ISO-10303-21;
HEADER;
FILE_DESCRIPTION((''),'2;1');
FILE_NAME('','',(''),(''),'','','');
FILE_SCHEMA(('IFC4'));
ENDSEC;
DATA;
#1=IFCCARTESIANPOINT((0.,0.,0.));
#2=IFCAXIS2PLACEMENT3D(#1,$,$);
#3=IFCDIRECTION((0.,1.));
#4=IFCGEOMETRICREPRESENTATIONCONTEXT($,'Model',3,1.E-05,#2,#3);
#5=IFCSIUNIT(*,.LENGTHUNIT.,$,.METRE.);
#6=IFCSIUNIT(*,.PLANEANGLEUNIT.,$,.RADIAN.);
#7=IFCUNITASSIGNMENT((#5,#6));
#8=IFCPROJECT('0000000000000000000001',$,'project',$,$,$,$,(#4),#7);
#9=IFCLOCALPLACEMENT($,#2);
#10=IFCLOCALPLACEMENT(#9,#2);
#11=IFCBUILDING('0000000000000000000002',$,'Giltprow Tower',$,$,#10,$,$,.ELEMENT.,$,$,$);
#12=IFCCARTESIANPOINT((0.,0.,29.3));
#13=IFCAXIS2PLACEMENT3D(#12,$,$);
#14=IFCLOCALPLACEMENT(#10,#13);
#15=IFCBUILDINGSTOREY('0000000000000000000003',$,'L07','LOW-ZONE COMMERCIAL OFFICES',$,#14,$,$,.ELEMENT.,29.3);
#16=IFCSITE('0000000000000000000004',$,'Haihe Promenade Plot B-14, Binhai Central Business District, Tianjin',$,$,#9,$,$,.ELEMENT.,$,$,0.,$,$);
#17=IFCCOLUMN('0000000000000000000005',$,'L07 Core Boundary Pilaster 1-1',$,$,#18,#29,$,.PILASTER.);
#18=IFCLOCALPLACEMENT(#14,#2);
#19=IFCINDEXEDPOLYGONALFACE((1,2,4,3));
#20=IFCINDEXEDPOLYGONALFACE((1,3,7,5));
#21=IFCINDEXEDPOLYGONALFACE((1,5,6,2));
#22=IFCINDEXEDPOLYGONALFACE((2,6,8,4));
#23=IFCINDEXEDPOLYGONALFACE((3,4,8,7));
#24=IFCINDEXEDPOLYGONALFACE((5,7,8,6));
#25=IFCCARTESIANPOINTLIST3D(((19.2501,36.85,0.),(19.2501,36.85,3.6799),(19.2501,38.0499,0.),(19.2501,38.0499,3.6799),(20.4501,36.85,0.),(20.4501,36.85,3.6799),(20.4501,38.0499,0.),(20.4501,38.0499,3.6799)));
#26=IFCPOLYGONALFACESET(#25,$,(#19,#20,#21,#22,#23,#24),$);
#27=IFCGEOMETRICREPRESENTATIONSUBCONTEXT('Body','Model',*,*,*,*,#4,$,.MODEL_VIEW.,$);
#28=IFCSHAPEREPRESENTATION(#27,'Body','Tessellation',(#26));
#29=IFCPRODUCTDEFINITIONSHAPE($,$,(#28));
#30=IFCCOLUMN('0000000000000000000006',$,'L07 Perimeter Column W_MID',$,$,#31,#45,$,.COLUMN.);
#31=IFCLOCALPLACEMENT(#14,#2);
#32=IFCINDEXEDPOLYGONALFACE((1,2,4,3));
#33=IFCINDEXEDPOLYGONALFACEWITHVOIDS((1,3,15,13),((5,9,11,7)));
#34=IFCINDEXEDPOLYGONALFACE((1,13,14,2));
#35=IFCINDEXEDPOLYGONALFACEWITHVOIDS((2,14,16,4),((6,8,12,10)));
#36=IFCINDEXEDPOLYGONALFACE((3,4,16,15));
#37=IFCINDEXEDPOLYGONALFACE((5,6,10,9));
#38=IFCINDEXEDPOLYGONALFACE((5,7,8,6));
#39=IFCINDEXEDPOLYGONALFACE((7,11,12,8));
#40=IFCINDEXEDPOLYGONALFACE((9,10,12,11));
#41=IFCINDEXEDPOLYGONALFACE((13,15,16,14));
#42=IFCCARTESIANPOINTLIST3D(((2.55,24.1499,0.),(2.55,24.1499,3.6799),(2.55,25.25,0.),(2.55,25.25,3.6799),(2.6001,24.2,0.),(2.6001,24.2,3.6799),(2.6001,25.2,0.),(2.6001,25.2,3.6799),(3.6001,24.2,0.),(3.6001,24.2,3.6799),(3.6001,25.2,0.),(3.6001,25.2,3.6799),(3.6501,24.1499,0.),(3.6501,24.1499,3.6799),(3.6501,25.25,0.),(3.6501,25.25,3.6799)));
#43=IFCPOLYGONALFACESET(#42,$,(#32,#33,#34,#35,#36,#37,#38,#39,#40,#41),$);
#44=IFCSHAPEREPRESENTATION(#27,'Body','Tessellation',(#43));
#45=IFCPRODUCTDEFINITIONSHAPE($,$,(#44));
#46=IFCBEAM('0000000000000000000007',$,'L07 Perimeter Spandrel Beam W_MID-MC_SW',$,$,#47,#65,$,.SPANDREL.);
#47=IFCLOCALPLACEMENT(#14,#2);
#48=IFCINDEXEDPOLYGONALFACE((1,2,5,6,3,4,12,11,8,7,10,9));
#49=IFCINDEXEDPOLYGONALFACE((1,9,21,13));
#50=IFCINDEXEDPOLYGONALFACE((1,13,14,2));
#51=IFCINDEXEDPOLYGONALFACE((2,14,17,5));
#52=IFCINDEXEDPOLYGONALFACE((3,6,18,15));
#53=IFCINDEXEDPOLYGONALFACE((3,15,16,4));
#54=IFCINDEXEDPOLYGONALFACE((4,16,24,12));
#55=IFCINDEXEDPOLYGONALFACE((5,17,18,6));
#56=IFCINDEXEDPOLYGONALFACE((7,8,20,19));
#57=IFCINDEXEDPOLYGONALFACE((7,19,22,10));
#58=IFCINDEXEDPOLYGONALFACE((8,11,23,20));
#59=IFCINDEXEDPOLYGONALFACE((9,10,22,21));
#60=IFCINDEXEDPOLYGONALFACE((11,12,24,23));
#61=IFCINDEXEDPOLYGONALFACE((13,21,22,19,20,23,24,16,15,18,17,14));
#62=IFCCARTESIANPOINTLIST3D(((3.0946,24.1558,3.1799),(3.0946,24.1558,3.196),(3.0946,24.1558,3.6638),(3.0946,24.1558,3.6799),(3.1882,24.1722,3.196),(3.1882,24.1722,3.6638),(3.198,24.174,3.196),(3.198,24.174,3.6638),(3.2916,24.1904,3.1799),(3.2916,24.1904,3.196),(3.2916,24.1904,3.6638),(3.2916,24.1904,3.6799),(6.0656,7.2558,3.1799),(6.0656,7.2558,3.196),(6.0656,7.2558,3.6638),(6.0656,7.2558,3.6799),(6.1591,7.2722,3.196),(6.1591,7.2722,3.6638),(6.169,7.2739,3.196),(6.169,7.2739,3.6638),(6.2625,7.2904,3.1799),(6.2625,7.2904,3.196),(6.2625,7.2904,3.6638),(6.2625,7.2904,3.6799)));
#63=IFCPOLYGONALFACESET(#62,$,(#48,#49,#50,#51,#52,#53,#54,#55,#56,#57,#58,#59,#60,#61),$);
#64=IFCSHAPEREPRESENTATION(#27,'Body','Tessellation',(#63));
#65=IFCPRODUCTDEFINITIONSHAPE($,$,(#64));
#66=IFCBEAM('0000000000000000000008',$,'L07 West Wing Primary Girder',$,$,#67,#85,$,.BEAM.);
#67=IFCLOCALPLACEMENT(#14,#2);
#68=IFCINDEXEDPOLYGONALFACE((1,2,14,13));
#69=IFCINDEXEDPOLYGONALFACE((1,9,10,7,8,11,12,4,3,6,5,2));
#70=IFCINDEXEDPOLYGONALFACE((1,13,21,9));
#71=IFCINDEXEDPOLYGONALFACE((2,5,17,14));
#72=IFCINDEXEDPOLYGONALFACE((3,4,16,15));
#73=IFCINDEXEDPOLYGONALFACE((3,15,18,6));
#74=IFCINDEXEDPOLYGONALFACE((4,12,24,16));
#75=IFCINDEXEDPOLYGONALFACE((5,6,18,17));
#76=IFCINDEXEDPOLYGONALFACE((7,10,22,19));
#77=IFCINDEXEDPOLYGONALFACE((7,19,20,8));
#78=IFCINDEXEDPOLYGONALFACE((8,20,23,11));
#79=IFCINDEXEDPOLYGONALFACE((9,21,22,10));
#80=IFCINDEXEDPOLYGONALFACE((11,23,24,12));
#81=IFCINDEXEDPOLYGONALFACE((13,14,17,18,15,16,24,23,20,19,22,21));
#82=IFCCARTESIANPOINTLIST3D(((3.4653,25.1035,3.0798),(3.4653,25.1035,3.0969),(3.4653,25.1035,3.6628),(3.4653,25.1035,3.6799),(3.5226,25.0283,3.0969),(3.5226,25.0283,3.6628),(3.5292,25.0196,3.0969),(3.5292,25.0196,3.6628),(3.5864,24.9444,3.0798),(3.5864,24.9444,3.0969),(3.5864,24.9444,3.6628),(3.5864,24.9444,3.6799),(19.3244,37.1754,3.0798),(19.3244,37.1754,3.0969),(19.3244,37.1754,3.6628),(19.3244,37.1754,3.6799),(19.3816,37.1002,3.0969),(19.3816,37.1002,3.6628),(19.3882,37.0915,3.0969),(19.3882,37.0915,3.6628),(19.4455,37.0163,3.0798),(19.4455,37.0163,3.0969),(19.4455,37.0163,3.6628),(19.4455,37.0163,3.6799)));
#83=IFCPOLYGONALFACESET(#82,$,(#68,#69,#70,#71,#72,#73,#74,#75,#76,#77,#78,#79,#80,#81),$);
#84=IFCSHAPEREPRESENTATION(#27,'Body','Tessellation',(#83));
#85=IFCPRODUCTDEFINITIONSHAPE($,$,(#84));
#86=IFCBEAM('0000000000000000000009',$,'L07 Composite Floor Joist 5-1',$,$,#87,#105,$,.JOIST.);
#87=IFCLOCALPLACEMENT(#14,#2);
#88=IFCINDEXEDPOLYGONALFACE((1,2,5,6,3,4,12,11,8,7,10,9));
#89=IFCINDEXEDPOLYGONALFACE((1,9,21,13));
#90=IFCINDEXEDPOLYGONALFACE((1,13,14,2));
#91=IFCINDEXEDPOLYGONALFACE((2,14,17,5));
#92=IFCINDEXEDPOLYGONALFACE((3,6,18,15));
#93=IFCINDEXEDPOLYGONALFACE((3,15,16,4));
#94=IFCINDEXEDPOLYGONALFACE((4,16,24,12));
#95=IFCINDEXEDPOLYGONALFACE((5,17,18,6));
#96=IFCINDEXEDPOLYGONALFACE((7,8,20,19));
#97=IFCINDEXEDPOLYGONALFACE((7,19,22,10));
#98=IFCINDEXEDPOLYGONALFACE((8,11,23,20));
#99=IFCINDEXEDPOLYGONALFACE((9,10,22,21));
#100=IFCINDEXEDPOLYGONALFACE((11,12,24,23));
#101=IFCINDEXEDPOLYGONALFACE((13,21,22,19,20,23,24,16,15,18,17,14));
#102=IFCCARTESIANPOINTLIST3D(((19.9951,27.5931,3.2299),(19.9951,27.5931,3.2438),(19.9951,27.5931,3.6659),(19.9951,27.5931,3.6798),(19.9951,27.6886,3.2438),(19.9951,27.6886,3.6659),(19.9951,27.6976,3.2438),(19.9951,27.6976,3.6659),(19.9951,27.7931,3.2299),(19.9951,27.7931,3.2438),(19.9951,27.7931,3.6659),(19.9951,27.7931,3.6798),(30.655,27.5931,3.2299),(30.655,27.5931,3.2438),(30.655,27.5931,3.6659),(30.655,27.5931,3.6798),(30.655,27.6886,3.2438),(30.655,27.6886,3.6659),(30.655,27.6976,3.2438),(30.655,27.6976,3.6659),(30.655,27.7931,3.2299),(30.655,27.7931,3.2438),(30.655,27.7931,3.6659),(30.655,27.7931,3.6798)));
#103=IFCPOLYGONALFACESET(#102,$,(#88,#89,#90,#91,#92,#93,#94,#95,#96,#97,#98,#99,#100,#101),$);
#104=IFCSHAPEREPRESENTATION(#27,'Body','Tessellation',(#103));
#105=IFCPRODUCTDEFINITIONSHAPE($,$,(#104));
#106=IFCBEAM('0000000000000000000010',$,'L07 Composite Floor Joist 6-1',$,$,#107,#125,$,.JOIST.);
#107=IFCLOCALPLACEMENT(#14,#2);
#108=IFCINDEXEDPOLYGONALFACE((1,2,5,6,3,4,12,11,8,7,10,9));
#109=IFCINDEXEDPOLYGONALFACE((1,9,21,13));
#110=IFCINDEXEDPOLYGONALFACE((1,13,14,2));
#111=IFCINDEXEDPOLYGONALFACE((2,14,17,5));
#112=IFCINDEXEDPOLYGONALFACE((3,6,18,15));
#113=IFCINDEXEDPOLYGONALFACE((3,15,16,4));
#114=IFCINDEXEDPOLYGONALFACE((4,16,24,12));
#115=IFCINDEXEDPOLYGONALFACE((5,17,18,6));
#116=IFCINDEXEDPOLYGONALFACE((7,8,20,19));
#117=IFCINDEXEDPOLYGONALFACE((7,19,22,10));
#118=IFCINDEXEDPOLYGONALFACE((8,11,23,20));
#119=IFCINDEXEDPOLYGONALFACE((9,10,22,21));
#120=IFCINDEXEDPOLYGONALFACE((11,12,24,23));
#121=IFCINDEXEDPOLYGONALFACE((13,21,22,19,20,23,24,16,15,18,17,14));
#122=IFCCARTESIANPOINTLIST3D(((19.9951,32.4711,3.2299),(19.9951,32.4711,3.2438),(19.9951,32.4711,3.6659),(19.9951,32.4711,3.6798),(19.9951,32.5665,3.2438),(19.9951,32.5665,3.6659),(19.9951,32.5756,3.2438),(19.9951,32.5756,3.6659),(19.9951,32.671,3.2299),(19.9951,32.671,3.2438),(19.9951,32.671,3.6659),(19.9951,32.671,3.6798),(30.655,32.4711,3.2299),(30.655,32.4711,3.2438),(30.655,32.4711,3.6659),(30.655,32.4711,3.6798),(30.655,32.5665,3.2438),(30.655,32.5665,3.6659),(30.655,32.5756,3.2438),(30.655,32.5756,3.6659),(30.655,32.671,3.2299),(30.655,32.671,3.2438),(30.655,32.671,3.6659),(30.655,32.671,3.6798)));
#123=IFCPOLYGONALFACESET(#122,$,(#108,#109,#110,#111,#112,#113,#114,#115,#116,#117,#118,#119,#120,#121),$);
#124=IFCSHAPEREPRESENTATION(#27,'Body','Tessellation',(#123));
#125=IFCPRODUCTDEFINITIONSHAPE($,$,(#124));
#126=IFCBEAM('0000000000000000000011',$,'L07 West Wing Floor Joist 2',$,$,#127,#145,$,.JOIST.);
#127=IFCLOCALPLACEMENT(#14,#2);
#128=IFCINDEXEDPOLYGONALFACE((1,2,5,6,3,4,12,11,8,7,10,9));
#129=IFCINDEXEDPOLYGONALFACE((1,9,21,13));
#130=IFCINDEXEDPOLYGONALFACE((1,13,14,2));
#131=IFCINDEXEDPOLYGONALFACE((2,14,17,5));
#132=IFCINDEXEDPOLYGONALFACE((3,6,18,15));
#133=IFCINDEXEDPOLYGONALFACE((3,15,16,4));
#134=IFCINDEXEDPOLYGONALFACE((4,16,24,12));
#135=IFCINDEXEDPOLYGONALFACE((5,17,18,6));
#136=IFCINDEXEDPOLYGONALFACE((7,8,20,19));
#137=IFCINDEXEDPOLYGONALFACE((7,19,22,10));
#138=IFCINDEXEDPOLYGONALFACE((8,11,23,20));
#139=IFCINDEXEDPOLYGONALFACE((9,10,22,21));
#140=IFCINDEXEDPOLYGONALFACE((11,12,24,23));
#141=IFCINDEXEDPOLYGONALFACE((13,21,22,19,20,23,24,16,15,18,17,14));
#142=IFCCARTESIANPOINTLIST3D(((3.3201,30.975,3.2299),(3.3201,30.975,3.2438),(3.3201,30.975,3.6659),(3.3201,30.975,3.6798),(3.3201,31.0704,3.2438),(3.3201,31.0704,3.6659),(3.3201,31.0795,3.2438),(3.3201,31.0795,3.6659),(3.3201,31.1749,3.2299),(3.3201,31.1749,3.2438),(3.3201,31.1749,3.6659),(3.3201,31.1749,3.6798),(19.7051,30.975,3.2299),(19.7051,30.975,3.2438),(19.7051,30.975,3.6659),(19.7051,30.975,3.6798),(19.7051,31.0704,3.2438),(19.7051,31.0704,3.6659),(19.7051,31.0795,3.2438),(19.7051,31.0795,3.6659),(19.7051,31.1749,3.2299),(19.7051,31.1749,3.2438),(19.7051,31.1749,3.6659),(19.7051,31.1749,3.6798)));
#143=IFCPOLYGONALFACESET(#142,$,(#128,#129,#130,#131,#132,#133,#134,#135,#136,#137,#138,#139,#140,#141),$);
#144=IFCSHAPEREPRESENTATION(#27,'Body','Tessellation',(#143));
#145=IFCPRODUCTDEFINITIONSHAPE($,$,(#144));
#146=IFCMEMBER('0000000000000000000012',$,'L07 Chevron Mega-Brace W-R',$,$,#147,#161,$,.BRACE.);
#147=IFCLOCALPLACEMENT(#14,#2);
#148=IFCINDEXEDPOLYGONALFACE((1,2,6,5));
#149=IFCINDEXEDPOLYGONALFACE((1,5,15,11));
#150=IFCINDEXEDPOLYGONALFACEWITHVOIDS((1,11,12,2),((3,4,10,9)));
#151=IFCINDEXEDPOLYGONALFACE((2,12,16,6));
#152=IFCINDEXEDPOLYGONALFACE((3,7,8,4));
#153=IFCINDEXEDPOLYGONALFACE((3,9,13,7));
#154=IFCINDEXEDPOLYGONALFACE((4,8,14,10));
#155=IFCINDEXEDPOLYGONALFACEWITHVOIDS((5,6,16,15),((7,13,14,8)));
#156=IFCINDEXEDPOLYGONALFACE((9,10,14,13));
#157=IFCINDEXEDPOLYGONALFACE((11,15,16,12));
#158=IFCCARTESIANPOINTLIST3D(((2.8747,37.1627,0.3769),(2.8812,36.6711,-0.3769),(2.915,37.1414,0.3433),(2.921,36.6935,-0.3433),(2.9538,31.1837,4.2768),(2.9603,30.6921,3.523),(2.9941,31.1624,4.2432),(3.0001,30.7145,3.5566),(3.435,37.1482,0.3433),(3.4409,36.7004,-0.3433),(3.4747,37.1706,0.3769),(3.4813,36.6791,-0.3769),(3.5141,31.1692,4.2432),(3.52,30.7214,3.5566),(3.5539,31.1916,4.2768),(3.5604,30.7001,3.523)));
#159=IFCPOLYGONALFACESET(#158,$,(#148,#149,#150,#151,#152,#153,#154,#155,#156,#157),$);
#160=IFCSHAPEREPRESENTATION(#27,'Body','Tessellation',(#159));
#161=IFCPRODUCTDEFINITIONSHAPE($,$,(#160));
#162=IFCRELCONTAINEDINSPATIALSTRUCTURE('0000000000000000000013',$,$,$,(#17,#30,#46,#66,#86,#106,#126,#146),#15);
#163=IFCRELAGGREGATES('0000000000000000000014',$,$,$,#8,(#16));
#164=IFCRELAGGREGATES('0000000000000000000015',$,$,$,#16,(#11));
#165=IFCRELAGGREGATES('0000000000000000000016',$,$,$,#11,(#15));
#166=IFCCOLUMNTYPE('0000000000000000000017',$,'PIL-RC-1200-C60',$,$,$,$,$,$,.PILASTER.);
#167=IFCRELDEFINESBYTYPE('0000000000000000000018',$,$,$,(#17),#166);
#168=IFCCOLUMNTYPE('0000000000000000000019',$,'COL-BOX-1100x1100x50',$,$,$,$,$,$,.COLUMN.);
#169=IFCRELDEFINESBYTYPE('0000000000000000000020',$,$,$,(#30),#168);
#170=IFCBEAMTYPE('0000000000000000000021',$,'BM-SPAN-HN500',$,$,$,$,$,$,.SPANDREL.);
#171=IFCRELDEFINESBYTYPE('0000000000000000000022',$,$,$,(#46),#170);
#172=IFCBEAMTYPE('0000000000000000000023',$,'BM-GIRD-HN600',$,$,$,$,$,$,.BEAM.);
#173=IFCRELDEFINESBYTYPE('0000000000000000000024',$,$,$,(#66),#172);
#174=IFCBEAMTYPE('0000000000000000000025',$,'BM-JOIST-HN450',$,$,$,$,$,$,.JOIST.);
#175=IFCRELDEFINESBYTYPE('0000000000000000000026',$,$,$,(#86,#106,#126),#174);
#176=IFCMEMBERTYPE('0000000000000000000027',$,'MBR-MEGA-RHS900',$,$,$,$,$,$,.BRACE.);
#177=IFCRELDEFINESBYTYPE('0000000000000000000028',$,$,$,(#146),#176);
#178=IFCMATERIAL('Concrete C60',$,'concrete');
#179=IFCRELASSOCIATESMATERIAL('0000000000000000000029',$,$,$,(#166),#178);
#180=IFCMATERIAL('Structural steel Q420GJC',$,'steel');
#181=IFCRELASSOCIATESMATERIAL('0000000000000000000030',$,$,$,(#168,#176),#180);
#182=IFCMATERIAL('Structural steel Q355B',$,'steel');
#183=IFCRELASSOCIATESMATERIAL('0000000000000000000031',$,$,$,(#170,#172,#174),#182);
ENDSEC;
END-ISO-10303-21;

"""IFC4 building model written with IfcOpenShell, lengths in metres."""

from ifc_helpers import new_model, si_unit, direction, frame, origin, origin_2d, place, context, subcontext, project, spatial, rectangle, hollow_rectangle, i_section, extrude, source, transform, mapped, material, material_profile, profile_set, type_object, element, save


model = new_model("IFC4")

# Units and contexts
model_context = context("Model", 3, precision=1e-05, world=origin(), true_north=direction((0.0, 1.0)))
body_context = subcontext(model_context, "Body", "Model", "MODEL_VIEW")
ifc_project = project(units=[si_unit("LENGTHUNIT", "METRE"), si_unit("PLANEANGLEUNIT", "RADIAN")], contexts=[model_context])

# Site, building, storey
site_placement = place(None, origin())
site = spatial("IfcSite", under=ifc_project, at=site_placement, Name="Haihe Promenade Plot B-14, Binhai Central Business District, Tianjin", CompositionType="ELEMENT", RefElevation=0.0)
building_placement = place(site_placement, origin())
building = spatial("IfcBuilding", under=site, at=building_placement, Name="Giltprow Tower", CompositionType="ELEMENT")
storey_placement = place(building_placement, frame((0.0, 0.0, 29.3)))
storey = spatial("IfcBuildingStorey", under=building, at=storey_placement, Name="L07", Description="LOW-ZONE COMMERCIAL OFFICES", CompositionType="ELEMENT", Elevation=29.3)

# Columns
ifc_material_1 = material(Name="Concrete C60", Category="concrete")
ifc_material_profile_1 = material_profile(ifc_material_1, rectangle(XDim=1.2, YDim=1.2, at=origin_2d()), Name="RC 1200x1200")
ifc_profile_set_1 = profile_set([ifc_material_profile_1], Name="Concrete C60")
column_type_1 = type_object("IfcColumnType", Name="PIL-RC-1200-C60", PredefinedType="PILASTER", material=ifc_profile_set_1)
shared_shape_1 = source(origin(), body_context, "Body", "SweptSolid", [
    extrude(rectangle(XDim=1.2, YDim=1.2, at=origin_2d()), origin(), (0.0, 0.0, 1.0), 3.6799),
])
column_1_placement = place(storey_placement, frame((19.8501, 37.45, 0.0), z_axis=(0.0, 0.0, 1.0), x_axis=(1.0, 0.0, 0.0)))
element("IfcColumn", 1, at=column_1_placement, inside=storey, type_object=column_type_1, Name="L07 Core Boundary Pilaster 1-1", PredefinedType="PILASTER", context=body_context, shape_type="MappedRepresentation", body=[
    mapped(shared_shape_1, transform((0.0, 0.0, 0.0), x_axis=(1.0, 0.0, 0.0), y_axis=(0.0, 1.0, 0.0), z_axis=(0.0, 0.0, 1.0), scale=1.0)),
])
ifc_material_2 = material(Name="Structural steel Q420GJC", Category="steel")
ifc_material_profile_2 = material_profile(ifc_material_2, hollow_rectangle(XDim=1.1001, YDim=1.1001, WallThickness=0.05, at=origin_2d()), Name="BOX 1100x1100x50")
ifc_profile_set_2 = profile_set([ifc_material_profile_2], Name="Structural steel Q420GJC")
column_type_2 = type_object("IfcColumnType", Name="COL-BOX-1100x1100x50", PredefinedType="COLUMN", material=ifc_profile_set_2)
shared_shape_2 = source(origin(), body_context, "Body", "SweptSolid", [
    extrude(hollow_rectangle(XDim=1.1001, YDim=1.1001, WallThickness=0.05, at=origin_2d()), origin(), (0.0, 0.0, 1.0), 3.6799),
])
column_2_placement = place(storey_placement, frame((3.1001, 24.7, 0.0), z_axis=(0.0, 0.0, 1.0), x_axis=(1.0, 0.0, 0.0)))
element("IfcColumn", 2, at=column_2_placement, inside=storey, type_object=column_type_2, Name="L07 Perimeter Column W_MID", PredefinedType="COLUMN", context=body_context, shape_type="MappedRepresentation", body=[
    mapped(shared_shape_2, transform((0.0, 0.0, 0.0), x_axis=(1.0, 0.0, 0.0), y_axis=(0.0, 1.0, 0.0), z_axis=(0.0, 0.0, 1.0), scale=1.0)),
])

# Beams
ifc_material_3 = material(Name="Structural steel Q355B", Category="steel")
ifc_material_profile_3 = material_profile(ifc_material_3, i_section(OverallWidth=0.2, OverallDepth=0.5, WebThickness=0.01, FlangeThickness=0.0161, at=origin_2d()), Name="HN 500x200x10x16")
ifc_profile_set_3 = profile_set([ifc_material_profile_3], Name="Structural steel Q355B")
beam_type_1 = type_object("IfcBeamType", Name="BM-SPAN-HN500", PredefinedType="SPANDREL", material=ifc_profile_set_3)
shared_shape_3 = source(origin(), body_context, "Body", "SweptSolid", [
    extrude(i_section(OverallWidth=0.2, OverallDepth=0.5, WebThickness=0.01, FlangeThickness=0.0161, at=origin_2d()), origin(), (0.0, 0.0, 1.0), 17.1592),
])
beam_1_placement = place(storey_placement, frame((3.1931, 24.1731, 3.4299), z_axis=(0.173139, -0.984897, 0.0), x_axis=(0.984897, 0.173139, 0.0)))
element("IfcBeam", 3, at=beam_1_placement, inside=storey, type_object=beam_type_1, Name="L07 Perimeter Spandrel Beam W_MID-MC_SW", PredefinedType="SPANDREL", context=body_context, shape_type="MappedRepresentation", body=[
    mapped(shared_shape_3, transform((0.0, 0.0, 0.0), x_axis=(1.0, 0.0, 0.0), y_axis=(0.0, 1.0, 0.0), z_axis=(0.0, 0.0, 1.0), scale=1.0)),
])
ifc_material_profile_4 = material_profile(ifc_material_3, i_section(OverallWidth=0.2, OverallDepth=0.6001, WebThickness=0.011, FlangeThickness=0.0171, at=origin_2d()), Name="HN 600x200x11x17")
ifc_profile_set_4 = profile_set([ifc_material_profile_4], Name="Structural steel Q355B")
beam_type_2 = type_object("IfcBeamType", Name="BM-GIRD-HN600", PredefinedType="BEAM", material=ifc_profile_set_4)
shared_shape_4 = source(origin(), body_context, "Body", "SweptSolid", [
    extrude(i_section(OverallWidth=0.2, OverallDepth=0.6001, WebThickness=0.011, FlangeThickness=0.0171, at=origin_2d()), origin(), (0.0, 0.0, 1.0), 19.9309),
])
beam_2_placement = place(storey_placement, frame((3.5259, 25.0239, 3.3799), z_axis=(0.795701, 0.60569, 0.0), x_axis=(-0.60569, 0.795701, 0.0)))
element("IfcBeam", 4, at=beam_2_placement, inside=storey, type_object=beam_type_2, Name="L07 West Wing Primary Girder", PredefinedType="BEAM", context=body_context, shape_type="MappedRepresentation", body=[
    mapped(shared_shape_4, transform((0.0, 0.0, 0.0), x_axis=(1.0, 0.0, 0.0), y_axis=(0.0, 1.0, 0.0), z_axis=(0.0, 0.0, 1.0), scale=1.0)),
])
ifc_material_profile_5 = material_profile(ifc_material_3, i_section(OverallWidth=0.2, OverallDepth=0.45, WebThickness=0.009, FlangeThickness=0.0139, at=origin_2d()), Name="HN 450x200x9x14")
ifc_profile_set_5 = profile_set([ifc_material_profile_5], Name="Structural steel Q355B")
beam_type_3 = type_object("IfcBeamType", Name="BM-JOIST-HN450", PredefinedType="JOIST", material=ifc_profile_set_5)
shared_shape_5 = source(origin(), body_context, "Body", "SweptSolid", [
    extrude(i_section(OverallWidth=0.2, OverallDepth=0.45, WebThickness=0.009, FlangeThickness=0.0139, at=origin_2d()), origin(), (0.0, 0.0, 1.0), 10.6599),
])
for number, where, z_axis, x_axis, name in (
    (5, (19.9951, 27.6931, 3.4548), (1.0, 0.0, 0.0), (0.0, 1.0, 0.0), "L07 Composite Floor Joist 5-1"),
    (6, (19.9951, 32.571, 3.4548), (1.0, 0.0, 0.0), (0.0, 1.0, 0.0), "L07 Composite Floor Joist 6-1"),
):
    element("IfcBeam", number, at=place(storey_placement, frame(where, z_axis=z_axis, x_axis=x_axis)), inside=storey, type_object=beam_type_3, Name=name, PredefinedType="JOIST", context=body_context, shape_type="MappedRepresentation", body=[
        mapped(shared_shape_5, transform((0.0, 0.0, 0.0), x_axis=(1.0, 0.0, 0.0), y_axis=(0.0, 1.0, 0.0), z_axis=(0.0, 0.0, 1.0), scale=1.0)),
    ])
shared_shape_6 = source(origin(), body_context, "Body", "SweptSolid", [
    extrude(i_section(OverallWidth=0.2, OverallDepth=0.45, WebThickness=0.009, FlangeThickness=0.0139, at=origin_2d()), origin(), (0.0, 0.0, 1.0), 16.385),
])
beam_3_placement = place(storey_placement, frame((3.3201, 31.075, 3.4548), z_axis=(1.0, 0.0, 0.0), x_axis=(0.0, 1.0, 0.0)))
element("IfcBeam", 7, at=beam_3_placement, inside=storey, type_object=beam_type_3, Name="L07 West Wing Floor Joist 2", PredefinedType="JOIST", context=body_context, shape_type="MappedRepresentation", body=[
    mapped(shared_shape_6, transform((0.0, 0.0, 0.0), x_axis=(1.0, 0.0, 0.0), y_axis=(0.0, 1.0, 0.0), z_axis=(0.0, 0.0, 1.0), scale=1.0)),
])

# Member
ifc_material_profile_6 = material_profile(ifc_material_2, hollow_rectangle(XDim=0.6001, YDim=0.8999, WallThickness=0.04, at=origin_2d()), Name="RHS 900x600x40")
ifc_profile_set_6 = profile_set([ifc_material_profile_6], Name="Structural steel Q420GJC")
member_type = type_object("IfcMemberType", Name="MBR-MEGA-RHS900", PredefinedType="BRACE", material=ifc_profile_set_6)
shared_shape_7 = source(origin(), body_context, "Body", "SweptSolid", [
    extrude(hollow_rectangle(XDim=0.6001, YDim=0.8999, WallThickness=0.04, at=origin_2d()), origin(), (0.0, 0.0, 1.0), 7.1389),
])
member_placement = place(storey_placement, frame((3.178, 36.9209, 0.0), z_axis=(0.01108, -0.837524, 0.546288), x_axis=(0.999912, 0.013229, 0.0)))
element("IfcMember", 8, at=member_placement, inside=storey, type_object=member_type, Name="L07 Chevron Mega-Brace W-R", PredefinedType="BRACE", context=body_context, shape_type="MappedRepresentation", body=[
    mapped(shared_shape_7, transform((0.0, 0.0, 0.0), x_axis=(1.0, 0.0, 0.0), y_axis=(0.0, 1.0, 0.0), z_axis=(0.0, 0.0, 1.0), scale=1.0)),
])

save(model, "model.ifc")
